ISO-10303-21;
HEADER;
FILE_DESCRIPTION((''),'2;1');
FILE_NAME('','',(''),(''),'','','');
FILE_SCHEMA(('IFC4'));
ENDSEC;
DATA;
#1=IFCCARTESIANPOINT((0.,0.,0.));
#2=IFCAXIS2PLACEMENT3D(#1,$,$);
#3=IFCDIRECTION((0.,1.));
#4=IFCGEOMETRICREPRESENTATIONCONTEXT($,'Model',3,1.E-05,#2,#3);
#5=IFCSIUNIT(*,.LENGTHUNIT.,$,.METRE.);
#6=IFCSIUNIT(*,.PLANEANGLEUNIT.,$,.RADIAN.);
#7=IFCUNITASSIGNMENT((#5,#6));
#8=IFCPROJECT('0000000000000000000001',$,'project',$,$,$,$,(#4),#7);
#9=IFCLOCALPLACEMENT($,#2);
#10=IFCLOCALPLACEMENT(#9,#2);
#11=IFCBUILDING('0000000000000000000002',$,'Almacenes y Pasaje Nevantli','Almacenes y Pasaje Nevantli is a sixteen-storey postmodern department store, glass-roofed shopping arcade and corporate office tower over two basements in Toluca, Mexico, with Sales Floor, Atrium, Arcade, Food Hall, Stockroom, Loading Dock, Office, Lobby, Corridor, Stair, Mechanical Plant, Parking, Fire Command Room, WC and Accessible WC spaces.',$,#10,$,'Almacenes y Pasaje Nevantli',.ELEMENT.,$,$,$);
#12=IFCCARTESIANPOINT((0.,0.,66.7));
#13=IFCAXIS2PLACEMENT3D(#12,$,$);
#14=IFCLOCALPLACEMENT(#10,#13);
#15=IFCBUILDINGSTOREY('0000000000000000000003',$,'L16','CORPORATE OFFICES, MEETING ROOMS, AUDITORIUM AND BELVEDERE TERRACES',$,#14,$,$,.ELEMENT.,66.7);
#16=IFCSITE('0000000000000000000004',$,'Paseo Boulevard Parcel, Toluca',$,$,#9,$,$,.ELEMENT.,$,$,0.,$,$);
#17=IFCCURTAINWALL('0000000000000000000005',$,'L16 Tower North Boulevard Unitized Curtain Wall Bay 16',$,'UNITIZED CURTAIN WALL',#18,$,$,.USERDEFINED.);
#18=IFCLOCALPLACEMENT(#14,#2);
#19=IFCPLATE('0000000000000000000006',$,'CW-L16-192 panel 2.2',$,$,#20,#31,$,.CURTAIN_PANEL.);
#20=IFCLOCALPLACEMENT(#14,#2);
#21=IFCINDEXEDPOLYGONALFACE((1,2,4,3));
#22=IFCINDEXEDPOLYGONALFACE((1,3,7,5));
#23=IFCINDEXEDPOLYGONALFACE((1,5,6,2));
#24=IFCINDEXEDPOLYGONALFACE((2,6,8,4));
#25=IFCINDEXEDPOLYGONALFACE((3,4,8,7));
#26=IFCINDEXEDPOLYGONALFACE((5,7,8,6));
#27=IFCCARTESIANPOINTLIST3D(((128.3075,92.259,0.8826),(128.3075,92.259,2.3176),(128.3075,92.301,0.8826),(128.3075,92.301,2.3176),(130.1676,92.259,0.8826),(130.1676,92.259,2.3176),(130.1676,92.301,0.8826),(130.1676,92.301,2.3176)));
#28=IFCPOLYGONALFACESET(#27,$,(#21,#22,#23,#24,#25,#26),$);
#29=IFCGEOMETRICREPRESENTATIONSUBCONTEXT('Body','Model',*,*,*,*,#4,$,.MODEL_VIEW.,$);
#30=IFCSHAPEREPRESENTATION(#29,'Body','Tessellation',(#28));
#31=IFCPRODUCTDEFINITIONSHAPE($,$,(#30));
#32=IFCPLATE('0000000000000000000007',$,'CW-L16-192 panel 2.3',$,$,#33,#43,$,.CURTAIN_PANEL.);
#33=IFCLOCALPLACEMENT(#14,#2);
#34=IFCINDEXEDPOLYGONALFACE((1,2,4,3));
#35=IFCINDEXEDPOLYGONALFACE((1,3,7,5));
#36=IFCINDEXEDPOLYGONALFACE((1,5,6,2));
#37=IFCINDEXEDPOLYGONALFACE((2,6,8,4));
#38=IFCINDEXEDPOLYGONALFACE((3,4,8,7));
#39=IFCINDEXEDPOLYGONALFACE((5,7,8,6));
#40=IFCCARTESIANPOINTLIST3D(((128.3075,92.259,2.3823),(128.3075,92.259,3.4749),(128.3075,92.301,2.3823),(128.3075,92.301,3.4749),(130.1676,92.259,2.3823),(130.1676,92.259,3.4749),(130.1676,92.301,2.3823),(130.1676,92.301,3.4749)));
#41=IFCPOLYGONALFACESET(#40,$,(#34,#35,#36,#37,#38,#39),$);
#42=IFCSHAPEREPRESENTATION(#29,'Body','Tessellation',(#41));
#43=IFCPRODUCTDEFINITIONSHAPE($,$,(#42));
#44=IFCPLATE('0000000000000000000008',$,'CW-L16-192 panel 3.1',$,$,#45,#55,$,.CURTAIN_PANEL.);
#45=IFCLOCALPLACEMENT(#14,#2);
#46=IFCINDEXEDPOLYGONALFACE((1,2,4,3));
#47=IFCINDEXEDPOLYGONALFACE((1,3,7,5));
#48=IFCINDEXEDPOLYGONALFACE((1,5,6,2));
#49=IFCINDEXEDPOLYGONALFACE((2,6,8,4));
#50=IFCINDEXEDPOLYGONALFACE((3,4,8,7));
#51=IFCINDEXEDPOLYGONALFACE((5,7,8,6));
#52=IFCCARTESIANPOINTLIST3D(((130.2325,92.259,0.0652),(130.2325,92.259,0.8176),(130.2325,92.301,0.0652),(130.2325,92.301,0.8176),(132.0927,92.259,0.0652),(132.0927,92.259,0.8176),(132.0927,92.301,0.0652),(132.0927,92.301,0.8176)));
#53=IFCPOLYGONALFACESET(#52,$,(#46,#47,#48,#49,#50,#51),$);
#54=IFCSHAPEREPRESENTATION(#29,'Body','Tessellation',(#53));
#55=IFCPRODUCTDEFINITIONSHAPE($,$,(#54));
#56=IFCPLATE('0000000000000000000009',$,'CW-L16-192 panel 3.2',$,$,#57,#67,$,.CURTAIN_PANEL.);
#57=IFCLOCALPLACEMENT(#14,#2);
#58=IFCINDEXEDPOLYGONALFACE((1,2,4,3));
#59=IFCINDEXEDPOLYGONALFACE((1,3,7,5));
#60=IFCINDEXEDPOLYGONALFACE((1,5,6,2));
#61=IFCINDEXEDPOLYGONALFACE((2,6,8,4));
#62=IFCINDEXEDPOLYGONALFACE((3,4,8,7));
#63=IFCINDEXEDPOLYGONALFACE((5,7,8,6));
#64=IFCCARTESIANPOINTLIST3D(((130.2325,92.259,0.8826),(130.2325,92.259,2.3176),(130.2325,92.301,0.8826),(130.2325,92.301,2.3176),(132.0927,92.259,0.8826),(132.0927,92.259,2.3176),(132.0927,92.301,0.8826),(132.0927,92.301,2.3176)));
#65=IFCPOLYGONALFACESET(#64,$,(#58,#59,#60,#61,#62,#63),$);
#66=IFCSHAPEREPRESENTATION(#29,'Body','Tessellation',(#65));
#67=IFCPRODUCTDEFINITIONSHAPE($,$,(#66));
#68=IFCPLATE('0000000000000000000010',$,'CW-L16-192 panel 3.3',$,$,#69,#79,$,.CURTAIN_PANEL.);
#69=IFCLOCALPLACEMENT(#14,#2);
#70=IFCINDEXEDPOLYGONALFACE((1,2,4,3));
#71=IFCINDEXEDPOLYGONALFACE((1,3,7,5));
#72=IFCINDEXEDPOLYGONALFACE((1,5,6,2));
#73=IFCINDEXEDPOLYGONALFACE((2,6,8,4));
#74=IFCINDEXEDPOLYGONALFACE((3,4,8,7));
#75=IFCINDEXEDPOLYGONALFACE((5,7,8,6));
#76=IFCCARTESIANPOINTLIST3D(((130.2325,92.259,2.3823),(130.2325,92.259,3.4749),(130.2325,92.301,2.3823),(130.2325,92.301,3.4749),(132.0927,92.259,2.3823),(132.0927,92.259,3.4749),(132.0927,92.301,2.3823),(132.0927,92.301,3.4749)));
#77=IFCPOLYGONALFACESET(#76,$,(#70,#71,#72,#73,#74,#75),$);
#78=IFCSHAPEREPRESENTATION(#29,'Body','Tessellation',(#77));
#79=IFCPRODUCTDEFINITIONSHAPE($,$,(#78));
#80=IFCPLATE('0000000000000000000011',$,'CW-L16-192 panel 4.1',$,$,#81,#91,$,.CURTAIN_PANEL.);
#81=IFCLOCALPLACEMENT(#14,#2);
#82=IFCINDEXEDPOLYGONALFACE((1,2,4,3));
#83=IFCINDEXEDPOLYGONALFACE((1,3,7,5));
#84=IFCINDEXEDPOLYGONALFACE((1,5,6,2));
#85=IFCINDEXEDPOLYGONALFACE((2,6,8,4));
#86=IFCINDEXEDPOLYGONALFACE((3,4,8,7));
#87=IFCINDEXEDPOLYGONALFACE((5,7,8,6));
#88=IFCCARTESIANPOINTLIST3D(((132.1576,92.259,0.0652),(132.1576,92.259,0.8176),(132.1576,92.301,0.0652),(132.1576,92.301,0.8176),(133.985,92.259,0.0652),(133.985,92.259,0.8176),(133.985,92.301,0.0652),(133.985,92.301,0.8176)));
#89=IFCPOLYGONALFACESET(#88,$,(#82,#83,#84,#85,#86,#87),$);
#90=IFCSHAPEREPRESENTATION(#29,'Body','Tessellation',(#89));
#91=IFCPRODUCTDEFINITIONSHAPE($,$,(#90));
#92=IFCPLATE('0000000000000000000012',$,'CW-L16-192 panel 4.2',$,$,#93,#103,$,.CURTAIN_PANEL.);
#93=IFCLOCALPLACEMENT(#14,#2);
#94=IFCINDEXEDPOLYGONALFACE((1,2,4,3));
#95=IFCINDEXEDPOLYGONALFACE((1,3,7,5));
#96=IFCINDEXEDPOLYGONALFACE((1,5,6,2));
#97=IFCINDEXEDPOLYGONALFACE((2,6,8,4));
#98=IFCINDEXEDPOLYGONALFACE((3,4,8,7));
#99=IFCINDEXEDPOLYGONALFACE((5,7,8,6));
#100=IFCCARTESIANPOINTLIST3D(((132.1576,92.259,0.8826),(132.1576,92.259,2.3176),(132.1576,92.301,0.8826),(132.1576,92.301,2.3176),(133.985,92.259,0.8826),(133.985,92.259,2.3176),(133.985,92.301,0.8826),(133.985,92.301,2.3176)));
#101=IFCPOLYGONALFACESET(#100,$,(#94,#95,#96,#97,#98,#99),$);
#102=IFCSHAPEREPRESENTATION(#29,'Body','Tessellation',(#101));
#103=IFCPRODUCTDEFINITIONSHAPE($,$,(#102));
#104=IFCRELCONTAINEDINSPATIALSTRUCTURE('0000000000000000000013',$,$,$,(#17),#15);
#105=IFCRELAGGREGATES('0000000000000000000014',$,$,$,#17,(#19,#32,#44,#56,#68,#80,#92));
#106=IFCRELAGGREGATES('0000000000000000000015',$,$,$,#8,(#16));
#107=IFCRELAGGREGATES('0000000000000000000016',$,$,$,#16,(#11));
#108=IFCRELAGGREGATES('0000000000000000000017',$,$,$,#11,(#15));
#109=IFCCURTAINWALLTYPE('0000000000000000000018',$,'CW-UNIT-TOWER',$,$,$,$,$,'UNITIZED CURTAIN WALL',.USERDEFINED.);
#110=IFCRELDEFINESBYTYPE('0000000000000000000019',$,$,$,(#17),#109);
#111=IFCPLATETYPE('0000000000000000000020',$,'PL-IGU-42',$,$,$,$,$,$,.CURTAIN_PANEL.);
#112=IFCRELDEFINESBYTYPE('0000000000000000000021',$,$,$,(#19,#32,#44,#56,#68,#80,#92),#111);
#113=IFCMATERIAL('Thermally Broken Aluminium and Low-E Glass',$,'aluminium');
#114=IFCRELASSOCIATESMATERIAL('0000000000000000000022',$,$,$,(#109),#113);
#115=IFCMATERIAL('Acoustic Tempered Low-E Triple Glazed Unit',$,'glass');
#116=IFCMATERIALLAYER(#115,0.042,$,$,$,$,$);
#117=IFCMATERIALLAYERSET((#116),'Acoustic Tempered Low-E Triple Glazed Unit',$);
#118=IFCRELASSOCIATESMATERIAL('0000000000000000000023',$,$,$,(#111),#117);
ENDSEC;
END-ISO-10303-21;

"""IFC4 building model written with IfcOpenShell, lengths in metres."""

from ifc_helpers import new_model, si_unit, direction, frame, origin, origin_2d, place, context, subcontext, project, spatial, rectangle, extrude, material, layer, layer_set, type_object, element, aggregate, save


model = new_model("IFC4")

# Units and contexts
model_context = context("Model", 3, precision=1e-05, world=origin(), true_north=direction((0.0, 1.0)))
body_context = subcontext(model_context, "Body", "Model", "MODEL_VIEW")
ifc_project = project(units=[si_unit("LENGTHUNIT", "METRE"), si_unit("PLANEANGLEUNIT", "RADIAN")], contexts=[model_context])

# Site, building, storey
site_placement = place(None, origin())
site = spatial("IfcSite", under=ifc_project, at=site_placement, Name="Paseo Boulevard Parcel, Toluca", CompositionType="ELEMENT", RefElevation=0.0)
building_placement = place(site_placement, origin())
building = spatial("IfcBuilding", under=site, at=building_placement, Name="Almacenes y Pasaje Nevantli", Description="Almacenes y Pasaje Nevantli is a sixteen-storey postmodern department store, glass-roofed shopping arcade and corporate office tower over two basements in Toluca, Mexico, with Sales Floor, Atrium, Arcade, Food Hall, Stockroom, Loading Dock, Office, Lobby, Corridor, Stair, Mechanical Plant, Parking, Fire Command Room, WC and Accessible WC spaces.", LongName="Almacenes y Pasaje Nevantli", CompositionType="ELEMENT")
storey_placement = place(building_placement, frame((0.0, 0.0, 66.7)))
storey = spatial("IfcBuildingStorey", under=building, at=storey_placement, Name="L16", Description="CORPORATE OFFICES, MEETING ROOMS, AUDITORIUM AND BELVEDERE TERRACES", CompositionType="ELEMENT", Elevation=66.7)

# Curtain wall, plates
ifc_material_1 = material(Name="Thermally Broken Aluminium and Low-E Glass", Category="aluminium")
curtain_wall_type = type_object("IfcCurtainWallType", Name="CW-UNIT-TOWER", ElementType="UNITIZED CURTAIN WALL", PredefinedType="USERDEFINED", material=ifc_material_1)
curtain_wall_placement = place(storey_placement, origin())
curtain_wall = element("IfcCurtainWall", 1, at=curtain_wall_placement, inside=storey, type_object=curtain_wall_type, Name="L16 Tower North Boulevard Unitized Curtain Wall Bay 16", ObjectType="UNITIZED CURTAIN WALL", PredefinedType="USERDEFINED")
ifc_material_2 = material(Name="Acoustic Tempered Low-E Triple Glazed Unit", Category="glass")
ifc_layer = layer(ifc_material_2, 0.042)
ifc_layer_set = layer_set([ifc_layer], Name="Acoustic Tempered Low-E Triple Glazed Unit")
plate_type = type_object("IfcPlateType", Name="PL-IGU-42", PredefinedType="CURTAIN_PANEL", material=ifc_layer_set)
plate_1_placement = place(storey_placement, frame((129.2375, 92.28, 0.8826), z_axis=(0.0, 0.0, 1.0), x_axis=(1.0, 0.0, 0.0)))
plate_1 = element("IfcPlate", 2, at=plate_1_placement, type_object=plate_type, Name="CW-L16-192 panel 2.2", PredefinedType="CURTAIN_PANEL", context=body_context, shape_type="SweptSolid", body=[
    extrude(rectangle(XDim=1.8601, YDim=0.042, at=origin_2d()), origin(), (0.0, 0.0, 1.0), 1.4351),
])
plate_2_placement = place(storey_placement, frame((129.2375, 92.28, 2.3823), z_axis=(0.0, 0.0, 1.0), x_axis=(1.0, 0.0, 0.0)))
plate_2 = element("IfcPlate", 3, at=plate_2_placement, type_object=plate_type, Name="CW-L16-192 panel 2.3", PredefinedType="CURTAIN_PANEL", context=body_context, shape_type="SweptSolid", body=[
    extrude(rectangle(XDim=1.8601, YDim=0.042, at=origin_2d()), origin(), (0.0, 0.0, 1.0), 1.0925),
])
plate_3_placement = place(storey_placement, frame((131.1626, 92.28, 0.0652), z_axis=(0.0, 0.0, 1.0), x_axis=(1.0, 0.0, 0.0)))
plate_3 = element("IfcPlate", 4, at=plate_3_placement, type_object=plate_type, Name="CW-L16-192 panel 3.1", PredefinedType="CURTAIN_PANEL", context=body_context, shape_type="SweptSolid", body=[
    extrude(rectangle(XDim=1.8601, YDim=0.042, at=origin_2d()), origin(), (0.0, 0.0, 1.0), 0.7524),
])
plate_4_placement = place(storey_placement, frame((131.1626, 92.28, 0.8826), z_axis=(0.0, 0.0, 1.0), x_axis=(1.0, 0.0, 0.0)))
plate_4 = element("IfcPlate", 5, at=plate_4_placement, type_object=plate_type, Name="CW-L16-192 panel 3.2", PredefinedType="CURTAIN_PANEL", context=body_context, shape_type="SweptSolid", body=[
    extrude(rectangle(XDim=1.8601, YDim=0.042, at=origin_2d()), origin(), (0.0, 0.0, 1.0), 1.4351),
])
plate_5_placement = place(storey_placement, frame((131.1626, 92.28, 2.3823), z_axis=(0.0, 0.0, 1.0), x_axis=(1.0, 0.0, 0.0)))
plate_5 = element("IfcPlate", 6, at=plate_5_placement, type_object=plate_type, Name="CW-L16-192 panel 3.3", PredefinedType="CURTAIN_PANEL", context=body_context, shape_type="SweptSolid", body=[
    extrude(rectangle(XDim=1.8601, YDim=0.042, at=origin_2d()), origin(), (0.0, 0.0, 1.0), 1.0925),
])
plate_6_placement = place(storey_placement, frame((133.0713, 92.28, 0.0652), z_axis=(0.0, 0.0, 1.0), x_axis=(1.0, 0.0, 0.0)))
plate_6 = element("IfcPlate", 7, at=plate_6_placement, type_object=plate_type, Name="CW-L16-192 panel 4.1", PredefinedType="CURTAIN_PANEL", context=body_context, shape_type="SweptSolid", body=[
    extrude(rectangle(XDim=1.8274, YDim=0.042, at=origin_2d()), origin(), (0.0, 0.0, 1.0), 0.7524),
])
plate_7_placement = place(storey_placement, frame((133.0713, 92.28, 0.8826), z_axis=(0.0, 0.0, 1.0), x_axis=(1.0, 0.0, 0.0)))
plate_7 = element("IfcPlate", 8, at=plate_7_placement, type_object=plate_type, Name="CW-L16-192 panel 4.2", PredefinedType="CURTAIN_PANEL", context=body_context, shape_type="SweptSolid", body=[
    extrude(rectangle(XDim=1.8274, YDim=0.042, at=origin_2d()), origin(), (0.0, 0.0, 1.0), 1.4351),
])
aggregate(curtain_wall, [plate_1, plate_2, plate_3, plate_4, plate_5, plate_6, plate_7])

save(model, "model.ifc")
